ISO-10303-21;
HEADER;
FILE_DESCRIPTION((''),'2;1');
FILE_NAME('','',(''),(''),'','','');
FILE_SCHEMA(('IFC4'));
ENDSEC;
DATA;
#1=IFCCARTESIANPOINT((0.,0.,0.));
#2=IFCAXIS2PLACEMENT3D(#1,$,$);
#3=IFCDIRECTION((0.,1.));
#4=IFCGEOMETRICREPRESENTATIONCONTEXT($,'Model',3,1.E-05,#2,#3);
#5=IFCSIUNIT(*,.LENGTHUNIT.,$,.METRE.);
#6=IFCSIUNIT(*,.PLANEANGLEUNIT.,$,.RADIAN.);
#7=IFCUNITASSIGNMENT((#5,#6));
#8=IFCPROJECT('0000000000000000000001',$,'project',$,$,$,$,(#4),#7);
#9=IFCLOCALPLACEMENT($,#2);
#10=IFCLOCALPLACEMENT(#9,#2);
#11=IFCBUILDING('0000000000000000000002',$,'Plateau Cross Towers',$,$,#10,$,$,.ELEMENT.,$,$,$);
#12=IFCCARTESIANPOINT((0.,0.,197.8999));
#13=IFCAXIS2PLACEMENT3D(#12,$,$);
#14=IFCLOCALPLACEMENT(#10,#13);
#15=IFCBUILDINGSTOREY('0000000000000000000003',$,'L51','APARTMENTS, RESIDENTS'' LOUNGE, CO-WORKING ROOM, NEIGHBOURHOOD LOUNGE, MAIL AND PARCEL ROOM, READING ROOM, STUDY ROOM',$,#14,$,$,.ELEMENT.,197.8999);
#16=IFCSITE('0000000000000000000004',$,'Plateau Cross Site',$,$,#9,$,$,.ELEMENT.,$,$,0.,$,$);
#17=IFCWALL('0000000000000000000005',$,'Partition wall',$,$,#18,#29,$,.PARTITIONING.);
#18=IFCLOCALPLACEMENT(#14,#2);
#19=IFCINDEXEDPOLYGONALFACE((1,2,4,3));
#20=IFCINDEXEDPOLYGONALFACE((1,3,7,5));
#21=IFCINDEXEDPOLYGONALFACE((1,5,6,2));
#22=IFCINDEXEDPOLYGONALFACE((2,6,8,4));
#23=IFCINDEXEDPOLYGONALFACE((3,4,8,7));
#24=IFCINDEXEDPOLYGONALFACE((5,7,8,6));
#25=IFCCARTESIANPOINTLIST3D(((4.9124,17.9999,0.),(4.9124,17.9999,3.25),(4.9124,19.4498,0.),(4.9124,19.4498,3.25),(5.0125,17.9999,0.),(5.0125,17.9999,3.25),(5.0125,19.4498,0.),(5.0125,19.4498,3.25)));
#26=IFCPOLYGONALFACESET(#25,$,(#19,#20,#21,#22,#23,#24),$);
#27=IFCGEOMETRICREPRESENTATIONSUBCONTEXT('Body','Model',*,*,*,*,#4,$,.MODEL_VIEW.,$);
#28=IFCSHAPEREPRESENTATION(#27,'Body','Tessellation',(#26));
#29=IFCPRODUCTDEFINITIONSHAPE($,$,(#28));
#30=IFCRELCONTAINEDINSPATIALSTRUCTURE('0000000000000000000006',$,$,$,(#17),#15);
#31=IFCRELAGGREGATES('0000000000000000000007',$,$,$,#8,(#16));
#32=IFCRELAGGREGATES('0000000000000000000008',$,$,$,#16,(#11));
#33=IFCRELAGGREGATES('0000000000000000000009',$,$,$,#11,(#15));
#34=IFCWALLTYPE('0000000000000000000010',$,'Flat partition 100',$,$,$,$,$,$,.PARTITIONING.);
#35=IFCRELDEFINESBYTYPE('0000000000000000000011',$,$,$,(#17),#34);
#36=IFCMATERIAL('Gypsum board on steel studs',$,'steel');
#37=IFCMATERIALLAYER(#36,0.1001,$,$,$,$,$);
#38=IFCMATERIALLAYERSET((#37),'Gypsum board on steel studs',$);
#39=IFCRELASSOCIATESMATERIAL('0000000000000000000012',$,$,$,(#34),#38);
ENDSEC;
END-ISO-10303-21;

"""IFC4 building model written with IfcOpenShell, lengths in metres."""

from ifc_helpers import new_model, si_unit, direction, frame, frame_2d, origin, place, context, subcontext, project, spatial, rectangle, extrude, material, layer, layer_set, type_object, element, save


model = new_model("IFC4")

# Units and contexts
model_context = context("Model", 3, precision=1e-05, world=origin(), true_north=direction((0.0, 1.0)))
body_context = subcontext(model_context, "Body", "Model", "MODEL_VIEW")
ifc_project = project(units=[si_unit("LENGTHUNIT", "METRE"), si_unit("PLANEANGLEUNIT", "RADIAN")], contexts=[model_context])

# Site, building, storey
site_placement = place(None, origin())
site = spatial("IfcSite", under=ifc_project, at=site_placement, Name="Plateau Cross Site", CompositionType="ELEMENT", RefElevation=0.0)
building_placement = place(site_placement, origin())
building = spatial("IfcBuilding", under=site, at=building_placement, Name="Plateau Cross Towers", CompositionType="ELEMENT")
storey_placement = place(building_placement, frame((0.0, 0.0, 197.8999)))
storey = spatial("IfcBuildingStorey", under=building, at=storey_placement, Name="L51", Description="APARTMENTS, RESIDENTS' LOUNGE, CO-WORKING ROOM, NEIGHBOURHOOD LOUNGE, MAIL AND PARCEL ROOM, READING ROOM, STUDY ROOM", CompositionType="ELEMENT", Elevation=197.8999)

# Shared definitions
ifc_material_1 = material(Name="Gypsum board on steel studs", Category="steel")
ifc_layer_1 = layer(ifc_material_1, 0.1001)
ifc_layer_set_1 = layer_set([ifc_layer_1], Name="Gypsum board on steel studs")
wall_type_1 = type_object("IfcWallType", Name="Flat partition 100", PredefinedType="PARTITIONING", material=ifc_layer_set_1)

# Wall
wall_1_placement = place(storey_placement, frame((4.9624, 19.45, 0.0), z_axis=(0.0, 0.0, 1.0), x_axis=(0.0, -1.0, 0.0)))
element("IfcWall", 1, at=wall_1_placement, inside=storey, type_object=wall_type_1, Name="Partition wall", PredefinedType="PARTITIONING", context=body_context, shape_type="SweptSolid", body=[
    extrude(rectangle(XDim=1.45, YDim=0.1001, at=frame_2d((0.7251, 0.0))), origin(), (0.0, 0.0, 1.0), 3.25),
])

save(model, "model.ifc")
